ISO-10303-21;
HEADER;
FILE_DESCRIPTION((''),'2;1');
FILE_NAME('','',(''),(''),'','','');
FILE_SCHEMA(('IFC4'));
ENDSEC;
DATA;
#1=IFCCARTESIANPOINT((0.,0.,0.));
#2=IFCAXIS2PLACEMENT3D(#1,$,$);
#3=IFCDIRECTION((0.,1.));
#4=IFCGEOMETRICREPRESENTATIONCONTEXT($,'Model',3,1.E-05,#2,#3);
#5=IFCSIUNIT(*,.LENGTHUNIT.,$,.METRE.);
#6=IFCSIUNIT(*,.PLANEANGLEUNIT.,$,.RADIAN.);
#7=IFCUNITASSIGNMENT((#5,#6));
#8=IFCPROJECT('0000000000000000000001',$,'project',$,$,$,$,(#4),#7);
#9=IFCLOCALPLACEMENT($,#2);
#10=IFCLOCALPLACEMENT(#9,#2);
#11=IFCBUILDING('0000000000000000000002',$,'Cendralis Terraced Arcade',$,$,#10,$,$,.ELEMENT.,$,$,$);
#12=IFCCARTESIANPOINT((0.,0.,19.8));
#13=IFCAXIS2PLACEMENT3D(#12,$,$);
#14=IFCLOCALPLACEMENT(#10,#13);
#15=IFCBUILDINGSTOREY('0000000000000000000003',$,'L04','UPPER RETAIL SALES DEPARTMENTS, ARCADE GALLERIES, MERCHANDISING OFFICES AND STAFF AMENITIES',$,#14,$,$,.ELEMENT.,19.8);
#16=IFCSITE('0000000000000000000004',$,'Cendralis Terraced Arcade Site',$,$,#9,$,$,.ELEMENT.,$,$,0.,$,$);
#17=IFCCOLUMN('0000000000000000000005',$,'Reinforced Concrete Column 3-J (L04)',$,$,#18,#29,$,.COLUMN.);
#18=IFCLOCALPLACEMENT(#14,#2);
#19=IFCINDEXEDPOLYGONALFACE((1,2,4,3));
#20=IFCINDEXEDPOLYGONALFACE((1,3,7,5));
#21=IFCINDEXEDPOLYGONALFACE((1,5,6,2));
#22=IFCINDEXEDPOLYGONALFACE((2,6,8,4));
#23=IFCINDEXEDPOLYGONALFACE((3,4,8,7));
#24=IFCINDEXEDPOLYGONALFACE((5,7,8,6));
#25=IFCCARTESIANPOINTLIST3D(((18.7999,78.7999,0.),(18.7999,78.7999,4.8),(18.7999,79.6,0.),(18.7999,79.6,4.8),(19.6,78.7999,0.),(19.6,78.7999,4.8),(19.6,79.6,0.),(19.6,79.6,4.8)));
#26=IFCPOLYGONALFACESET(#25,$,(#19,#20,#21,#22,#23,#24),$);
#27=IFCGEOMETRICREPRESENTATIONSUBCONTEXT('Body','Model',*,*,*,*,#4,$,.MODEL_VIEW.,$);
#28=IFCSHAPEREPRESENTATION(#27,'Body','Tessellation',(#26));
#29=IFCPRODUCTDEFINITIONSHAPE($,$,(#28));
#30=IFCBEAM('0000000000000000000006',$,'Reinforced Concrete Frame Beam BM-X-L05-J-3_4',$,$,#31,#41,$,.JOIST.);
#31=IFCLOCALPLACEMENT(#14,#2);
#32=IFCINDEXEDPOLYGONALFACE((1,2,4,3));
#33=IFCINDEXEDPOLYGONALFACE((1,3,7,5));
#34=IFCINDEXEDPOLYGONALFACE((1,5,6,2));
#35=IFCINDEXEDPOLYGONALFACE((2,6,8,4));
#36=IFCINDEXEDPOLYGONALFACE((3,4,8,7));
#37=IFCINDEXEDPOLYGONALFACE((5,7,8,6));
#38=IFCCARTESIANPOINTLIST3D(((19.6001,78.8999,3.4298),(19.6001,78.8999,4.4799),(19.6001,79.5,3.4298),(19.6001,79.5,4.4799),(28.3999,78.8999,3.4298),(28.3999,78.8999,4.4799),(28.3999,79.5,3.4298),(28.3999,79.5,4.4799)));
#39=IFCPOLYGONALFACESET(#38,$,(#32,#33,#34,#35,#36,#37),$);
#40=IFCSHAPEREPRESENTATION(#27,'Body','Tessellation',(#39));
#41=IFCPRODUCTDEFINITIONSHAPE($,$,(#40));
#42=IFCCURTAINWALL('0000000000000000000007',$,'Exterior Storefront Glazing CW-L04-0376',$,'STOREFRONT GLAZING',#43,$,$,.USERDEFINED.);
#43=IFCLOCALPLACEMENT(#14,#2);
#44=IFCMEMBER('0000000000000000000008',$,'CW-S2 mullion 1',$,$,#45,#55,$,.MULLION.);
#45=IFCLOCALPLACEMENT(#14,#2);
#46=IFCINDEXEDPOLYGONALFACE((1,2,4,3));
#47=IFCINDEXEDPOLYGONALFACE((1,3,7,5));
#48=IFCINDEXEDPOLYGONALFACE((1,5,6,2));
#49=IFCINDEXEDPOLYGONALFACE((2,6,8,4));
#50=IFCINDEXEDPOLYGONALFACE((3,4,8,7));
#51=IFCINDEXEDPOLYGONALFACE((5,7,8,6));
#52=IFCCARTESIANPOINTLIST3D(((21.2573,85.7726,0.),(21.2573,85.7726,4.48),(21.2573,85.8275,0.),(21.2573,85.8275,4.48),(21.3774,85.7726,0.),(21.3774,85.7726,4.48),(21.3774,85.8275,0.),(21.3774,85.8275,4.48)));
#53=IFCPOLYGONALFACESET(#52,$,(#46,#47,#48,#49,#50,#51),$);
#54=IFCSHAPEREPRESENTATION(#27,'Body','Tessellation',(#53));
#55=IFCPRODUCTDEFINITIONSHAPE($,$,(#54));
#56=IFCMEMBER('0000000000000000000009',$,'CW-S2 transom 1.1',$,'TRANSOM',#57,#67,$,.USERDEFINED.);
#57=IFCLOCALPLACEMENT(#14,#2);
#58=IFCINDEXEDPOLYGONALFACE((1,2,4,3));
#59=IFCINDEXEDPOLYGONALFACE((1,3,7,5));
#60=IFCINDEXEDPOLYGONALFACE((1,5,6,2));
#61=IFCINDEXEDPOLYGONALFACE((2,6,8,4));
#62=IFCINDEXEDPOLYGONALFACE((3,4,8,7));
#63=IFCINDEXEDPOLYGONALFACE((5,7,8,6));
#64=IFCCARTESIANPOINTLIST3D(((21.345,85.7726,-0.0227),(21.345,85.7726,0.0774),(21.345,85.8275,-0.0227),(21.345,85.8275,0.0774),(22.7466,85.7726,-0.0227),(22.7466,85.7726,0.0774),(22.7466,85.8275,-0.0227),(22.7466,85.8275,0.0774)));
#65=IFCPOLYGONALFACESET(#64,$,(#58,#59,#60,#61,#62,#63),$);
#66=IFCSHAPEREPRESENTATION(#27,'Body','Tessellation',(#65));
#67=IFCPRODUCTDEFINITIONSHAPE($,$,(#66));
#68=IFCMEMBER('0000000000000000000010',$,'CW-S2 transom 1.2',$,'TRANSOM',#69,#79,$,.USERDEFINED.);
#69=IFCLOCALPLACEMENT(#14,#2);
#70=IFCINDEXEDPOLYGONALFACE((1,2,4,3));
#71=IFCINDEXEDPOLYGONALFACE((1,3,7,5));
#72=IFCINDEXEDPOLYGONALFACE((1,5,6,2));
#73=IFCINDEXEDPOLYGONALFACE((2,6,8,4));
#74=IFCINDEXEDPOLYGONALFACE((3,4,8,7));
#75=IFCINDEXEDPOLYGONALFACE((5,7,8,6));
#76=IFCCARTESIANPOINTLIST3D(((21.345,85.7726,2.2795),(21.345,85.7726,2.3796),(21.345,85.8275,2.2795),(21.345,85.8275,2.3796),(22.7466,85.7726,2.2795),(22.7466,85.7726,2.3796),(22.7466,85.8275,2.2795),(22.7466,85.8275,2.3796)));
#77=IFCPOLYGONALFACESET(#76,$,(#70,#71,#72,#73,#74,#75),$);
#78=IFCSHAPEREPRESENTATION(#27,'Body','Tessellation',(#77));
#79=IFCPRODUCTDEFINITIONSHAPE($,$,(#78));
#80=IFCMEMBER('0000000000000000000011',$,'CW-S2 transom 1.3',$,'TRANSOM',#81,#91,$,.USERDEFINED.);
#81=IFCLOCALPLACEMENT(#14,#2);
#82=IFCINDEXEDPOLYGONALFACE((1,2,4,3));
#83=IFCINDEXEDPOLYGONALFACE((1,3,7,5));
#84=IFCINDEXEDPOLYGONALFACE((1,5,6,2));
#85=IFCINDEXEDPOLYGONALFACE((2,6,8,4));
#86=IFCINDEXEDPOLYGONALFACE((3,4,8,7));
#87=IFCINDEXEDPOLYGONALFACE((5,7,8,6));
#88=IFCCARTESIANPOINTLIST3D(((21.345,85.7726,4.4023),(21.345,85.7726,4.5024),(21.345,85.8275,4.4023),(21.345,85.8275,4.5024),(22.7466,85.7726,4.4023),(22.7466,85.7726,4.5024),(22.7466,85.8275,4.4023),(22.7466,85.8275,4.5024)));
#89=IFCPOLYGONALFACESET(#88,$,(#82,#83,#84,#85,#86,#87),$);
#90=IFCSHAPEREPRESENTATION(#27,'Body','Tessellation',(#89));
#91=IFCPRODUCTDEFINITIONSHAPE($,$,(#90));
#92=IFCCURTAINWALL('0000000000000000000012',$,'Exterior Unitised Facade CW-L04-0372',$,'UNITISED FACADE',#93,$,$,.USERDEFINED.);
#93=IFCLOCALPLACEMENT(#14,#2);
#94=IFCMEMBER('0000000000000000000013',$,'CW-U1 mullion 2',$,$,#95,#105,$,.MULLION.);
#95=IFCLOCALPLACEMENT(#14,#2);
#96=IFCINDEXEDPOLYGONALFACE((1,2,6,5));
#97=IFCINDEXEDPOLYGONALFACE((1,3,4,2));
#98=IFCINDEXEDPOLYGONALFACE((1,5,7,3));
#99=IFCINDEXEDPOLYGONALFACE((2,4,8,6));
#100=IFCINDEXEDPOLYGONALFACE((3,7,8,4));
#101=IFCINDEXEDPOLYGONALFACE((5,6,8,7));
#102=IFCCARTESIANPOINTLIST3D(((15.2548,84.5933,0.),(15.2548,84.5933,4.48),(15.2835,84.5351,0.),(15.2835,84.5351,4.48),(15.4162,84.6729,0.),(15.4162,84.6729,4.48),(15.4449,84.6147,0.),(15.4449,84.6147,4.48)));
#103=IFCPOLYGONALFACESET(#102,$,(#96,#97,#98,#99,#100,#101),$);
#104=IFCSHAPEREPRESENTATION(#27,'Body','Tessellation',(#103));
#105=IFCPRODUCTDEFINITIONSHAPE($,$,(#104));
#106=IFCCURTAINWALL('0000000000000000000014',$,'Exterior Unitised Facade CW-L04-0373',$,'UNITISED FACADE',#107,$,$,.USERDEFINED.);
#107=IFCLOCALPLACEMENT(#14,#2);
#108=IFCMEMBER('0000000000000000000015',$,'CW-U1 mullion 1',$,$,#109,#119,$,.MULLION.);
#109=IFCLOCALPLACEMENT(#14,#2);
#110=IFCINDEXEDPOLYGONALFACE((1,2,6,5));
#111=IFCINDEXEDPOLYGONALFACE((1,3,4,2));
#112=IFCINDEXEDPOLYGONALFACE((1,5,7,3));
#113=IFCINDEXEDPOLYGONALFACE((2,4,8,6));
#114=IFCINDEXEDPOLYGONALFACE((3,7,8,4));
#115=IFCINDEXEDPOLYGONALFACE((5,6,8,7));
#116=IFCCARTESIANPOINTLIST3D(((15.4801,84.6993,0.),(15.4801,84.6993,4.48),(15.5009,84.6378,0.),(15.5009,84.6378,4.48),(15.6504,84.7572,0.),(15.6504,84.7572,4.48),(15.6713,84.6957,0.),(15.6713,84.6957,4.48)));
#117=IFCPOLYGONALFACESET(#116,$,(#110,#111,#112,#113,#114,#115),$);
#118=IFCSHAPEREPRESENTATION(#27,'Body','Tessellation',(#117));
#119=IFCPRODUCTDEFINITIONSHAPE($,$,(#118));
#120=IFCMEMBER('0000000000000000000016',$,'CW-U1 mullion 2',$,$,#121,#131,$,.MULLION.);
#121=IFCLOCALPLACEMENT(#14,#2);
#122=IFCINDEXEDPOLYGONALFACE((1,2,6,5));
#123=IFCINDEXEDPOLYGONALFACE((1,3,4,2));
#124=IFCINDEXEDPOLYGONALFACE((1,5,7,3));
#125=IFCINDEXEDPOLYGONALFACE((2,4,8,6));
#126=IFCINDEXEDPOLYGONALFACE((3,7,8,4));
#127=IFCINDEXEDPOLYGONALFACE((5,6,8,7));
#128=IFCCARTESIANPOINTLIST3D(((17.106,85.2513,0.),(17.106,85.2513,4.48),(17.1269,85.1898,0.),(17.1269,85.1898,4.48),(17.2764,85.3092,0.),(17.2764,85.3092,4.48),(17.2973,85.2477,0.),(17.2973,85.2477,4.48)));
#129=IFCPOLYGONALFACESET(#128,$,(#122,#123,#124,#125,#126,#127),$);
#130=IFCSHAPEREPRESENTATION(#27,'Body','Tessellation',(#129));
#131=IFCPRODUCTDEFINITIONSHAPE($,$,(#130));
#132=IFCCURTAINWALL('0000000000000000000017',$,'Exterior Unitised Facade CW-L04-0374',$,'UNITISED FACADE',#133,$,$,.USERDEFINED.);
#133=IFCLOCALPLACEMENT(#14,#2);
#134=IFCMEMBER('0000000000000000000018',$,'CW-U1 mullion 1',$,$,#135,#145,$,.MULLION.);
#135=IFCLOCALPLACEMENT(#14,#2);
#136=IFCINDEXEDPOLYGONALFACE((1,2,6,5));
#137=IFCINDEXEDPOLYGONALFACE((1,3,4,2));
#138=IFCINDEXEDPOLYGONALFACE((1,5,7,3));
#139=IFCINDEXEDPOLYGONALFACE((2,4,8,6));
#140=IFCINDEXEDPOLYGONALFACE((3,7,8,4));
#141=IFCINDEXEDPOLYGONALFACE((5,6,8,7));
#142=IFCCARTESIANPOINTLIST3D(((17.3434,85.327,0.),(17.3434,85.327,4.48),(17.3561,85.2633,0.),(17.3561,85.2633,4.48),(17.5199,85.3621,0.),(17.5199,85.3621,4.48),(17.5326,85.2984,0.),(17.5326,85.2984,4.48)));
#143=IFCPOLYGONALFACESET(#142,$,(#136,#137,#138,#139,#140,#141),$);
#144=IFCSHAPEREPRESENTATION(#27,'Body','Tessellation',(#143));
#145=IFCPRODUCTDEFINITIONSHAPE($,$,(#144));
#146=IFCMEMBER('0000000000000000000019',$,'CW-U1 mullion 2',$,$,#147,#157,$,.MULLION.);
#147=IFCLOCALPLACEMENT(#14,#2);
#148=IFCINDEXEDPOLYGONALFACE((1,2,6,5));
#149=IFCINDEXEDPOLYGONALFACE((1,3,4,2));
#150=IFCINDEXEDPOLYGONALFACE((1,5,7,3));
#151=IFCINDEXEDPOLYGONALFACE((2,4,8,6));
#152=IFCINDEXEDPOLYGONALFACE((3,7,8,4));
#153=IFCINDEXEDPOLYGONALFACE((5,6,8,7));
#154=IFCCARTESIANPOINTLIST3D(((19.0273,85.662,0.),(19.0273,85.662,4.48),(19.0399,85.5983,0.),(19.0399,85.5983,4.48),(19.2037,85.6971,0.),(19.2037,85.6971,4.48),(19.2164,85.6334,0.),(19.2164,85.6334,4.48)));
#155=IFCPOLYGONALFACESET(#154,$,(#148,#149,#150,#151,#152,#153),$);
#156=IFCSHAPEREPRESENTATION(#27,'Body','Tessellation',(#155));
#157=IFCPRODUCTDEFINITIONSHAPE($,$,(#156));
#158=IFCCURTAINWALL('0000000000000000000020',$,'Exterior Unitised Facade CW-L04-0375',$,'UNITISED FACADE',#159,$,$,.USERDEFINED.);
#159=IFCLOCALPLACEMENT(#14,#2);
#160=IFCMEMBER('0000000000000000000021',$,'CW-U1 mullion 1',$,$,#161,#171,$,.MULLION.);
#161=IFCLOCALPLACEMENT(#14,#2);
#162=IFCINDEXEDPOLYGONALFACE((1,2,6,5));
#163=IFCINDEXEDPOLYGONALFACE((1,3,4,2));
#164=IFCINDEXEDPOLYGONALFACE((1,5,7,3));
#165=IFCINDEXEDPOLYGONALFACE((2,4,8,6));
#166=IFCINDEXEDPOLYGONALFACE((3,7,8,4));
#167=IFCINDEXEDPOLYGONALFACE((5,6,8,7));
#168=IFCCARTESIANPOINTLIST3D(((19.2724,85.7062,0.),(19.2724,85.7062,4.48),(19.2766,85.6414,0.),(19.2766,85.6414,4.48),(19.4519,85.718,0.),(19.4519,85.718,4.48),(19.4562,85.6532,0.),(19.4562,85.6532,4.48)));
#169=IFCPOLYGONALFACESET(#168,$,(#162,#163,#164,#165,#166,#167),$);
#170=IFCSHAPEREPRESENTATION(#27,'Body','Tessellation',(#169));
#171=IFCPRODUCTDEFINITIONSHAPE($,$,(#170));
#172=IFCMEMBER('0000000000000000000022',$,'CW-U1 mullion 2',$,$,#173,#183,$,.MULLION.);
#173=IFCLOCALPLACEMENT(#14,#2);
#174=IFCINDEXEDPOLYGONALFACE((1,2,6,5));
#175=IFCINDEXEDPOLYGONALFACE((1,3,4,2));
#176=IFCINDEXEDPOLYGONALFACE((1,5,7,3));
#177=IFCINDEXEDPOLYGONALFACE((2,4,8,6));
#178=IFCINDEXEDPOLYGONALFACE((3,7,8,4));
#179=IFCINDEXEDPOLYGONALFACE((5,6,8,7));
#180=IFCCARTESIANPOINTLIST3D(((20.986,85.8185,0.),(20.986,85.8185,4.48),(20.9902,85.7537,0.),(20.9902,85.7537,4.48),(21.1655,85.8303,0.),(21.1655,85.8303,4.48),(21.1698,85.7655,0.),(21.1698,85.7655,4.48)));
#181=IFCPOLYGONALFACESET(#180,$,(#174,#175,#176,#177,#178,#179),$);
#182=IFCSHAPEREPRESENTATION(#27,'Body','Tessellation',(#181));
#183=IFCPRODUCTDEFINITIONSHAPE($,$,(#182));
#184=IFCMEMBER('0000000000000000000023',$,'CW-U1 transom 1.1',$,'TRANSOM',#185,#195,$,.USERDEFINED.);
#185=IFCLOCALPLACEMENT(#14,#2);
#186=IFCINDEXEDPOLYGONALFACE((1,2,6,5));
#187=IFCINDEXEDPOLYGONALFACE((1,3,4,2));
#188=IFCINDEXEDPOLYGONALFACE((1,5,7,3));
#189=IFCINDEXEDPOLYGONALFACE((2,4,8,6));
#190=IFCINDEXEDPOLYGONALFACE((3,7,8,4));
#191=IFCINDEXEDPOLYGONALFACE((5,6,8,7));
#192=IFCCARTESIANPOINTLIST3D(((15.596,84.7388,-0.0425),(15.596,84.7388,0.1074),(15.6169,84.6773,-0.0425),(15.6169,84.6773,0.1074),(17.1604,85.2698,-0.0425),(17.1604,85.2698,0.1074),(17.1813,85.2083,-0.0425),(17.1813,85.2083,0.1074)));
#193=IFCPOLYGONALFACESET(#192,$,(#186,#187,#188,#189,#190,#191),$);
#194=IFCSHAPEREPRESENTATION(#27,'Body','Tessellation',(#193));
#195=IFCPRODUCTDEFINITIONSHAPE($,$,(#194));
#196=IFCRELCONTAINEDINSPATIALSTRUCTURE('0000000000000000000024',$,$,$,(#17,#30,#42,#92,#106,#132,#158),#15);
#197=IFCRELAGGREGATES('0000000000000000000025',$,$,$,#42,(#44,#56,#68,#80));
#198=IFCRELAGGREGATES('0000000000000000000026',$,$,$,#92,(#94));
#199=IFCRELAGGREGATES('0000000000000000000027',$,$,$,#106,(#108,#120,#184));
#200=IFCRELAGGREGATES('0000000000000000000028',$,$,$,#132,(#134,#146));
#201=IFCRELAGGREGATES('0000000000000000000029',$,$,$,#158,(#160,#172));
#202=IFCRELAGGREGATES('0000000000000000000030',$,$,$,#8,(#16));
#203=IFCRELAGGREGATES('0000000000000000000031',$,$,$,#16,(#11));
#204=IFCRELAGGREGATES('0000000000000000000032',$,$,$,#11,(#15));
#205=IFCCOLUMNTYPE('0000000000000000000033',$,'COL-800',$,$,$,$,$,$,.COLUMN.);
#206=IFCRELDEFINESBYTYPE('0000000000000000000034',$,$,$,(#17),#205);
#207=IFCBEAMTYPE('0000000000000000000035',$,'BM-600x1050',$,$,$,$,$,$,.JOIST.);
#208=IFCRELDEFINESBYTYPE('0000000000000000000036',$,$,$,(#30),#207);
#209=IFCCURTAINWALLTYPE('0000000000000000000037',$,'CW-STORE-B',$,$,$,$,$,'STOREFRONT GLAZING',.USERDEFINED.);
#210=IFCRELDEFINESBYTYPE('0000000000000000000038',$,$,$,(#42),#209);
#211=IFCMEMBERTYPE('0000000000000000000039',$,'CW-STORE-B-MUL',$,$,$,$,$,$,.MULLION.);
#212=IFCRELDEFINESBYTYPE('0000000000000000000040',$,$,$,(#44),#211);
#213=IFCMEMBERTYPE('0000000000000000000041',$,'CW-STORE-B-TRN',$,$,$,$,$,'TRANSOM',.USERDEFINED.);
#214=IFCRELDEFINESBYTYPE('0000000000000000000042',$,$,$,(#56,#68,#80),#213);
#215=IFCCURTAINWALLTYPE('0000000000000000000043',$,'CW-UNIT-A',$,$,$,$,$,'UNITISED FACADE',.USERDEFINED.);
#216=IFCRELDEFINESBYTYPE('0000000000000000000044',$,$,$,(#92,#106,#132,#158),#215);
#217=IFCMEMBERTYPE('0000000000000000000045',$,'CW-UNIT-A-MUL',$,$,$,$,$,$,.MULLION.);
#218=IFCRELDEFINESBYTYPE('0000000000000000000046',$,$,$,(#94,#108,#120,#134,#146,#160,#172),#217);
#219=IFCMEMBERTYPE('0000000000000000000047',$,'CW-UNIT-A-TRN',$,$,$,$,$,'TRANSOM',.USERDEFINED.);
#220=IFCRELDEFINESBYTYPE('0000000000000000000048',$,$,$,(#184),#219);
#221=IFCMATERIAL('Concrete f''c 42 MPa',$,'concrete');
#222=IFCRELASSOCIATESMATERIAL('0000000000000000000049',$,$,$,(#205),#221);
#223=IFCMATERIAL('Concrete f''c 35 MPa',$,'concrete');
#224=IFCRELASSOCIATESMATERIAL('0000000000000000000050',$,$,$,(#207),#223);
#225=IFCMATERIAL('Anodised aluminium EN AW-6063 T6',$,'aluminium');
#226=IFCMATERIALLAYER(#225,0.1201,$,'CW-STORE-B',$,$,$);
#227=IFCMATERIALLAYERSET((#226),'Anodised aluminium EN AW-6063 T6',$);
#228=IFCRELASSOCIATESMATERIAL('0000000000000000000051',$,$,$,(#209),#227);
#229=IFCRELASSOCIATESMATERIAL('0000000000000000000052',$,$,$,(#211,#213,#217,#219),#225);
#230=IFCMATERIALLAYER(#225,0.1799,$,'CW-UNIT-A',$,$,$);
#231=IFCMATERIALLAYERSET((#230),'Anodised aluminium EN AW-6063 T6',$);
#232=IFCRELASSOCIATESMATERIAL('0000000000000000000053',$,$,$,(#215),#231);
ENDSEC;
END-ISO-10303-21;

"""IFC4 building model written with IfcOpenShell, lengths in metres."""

from ifc_helpers import new_model, si_unit, direction, frame, origin, origin_2d, place, context, subcontext, project, spatial, rectangle, extrude, material, layer, layer_set, material_profile, profile_set, type_object, element, aggregate, save


model = new_model("IFC4")

# Units and contexts
model_context = context("Model", 3, precision=1e-05, world=origin(), true_north=direction((0.0, 1.0)))
body_context = subcontext(model_context, "Body", "Model", "MODEL_VIEW")
ifc_project = project(units=[si_unit("LENGTHUNIT", "METRE"), si_unit("PLANEANGLEUNIT", "RADIAN")], contexts=[model_context])

# Site, building, storey
site_placement = place(None, origin())
site = spatial("IfcSite", under=ifc_project, at=site_placement, Name="Cendralis Terraced Arcade Site", CompositionType="ELEMENT", RefElevation=0.0)
building_placement = place(site_placement, origin())
building = spatial("IfcBuilding", under=site, at=building_placement, Name="Cendralis Terraced Arcade", CompositionType="ELEMENT")
storey_placement = place(building_placement, frame((0.0, 0.0, 19.8)))
storey = spatial("IfcBuildingStorey", under=building, at=storey_placement, Name="L04", Description="UPPER RETAIL SALES DEPARTMENTS, ARCADE GALLERIES, MERCHANDISING OFFICES AND STAFF AMENITIES", CompositionType="ELEMENT", Elevation=19.8)

# Column
ifc_material_1 = material(Name="Concrete f'c 42 MPa", Category="concrete")
ifc_material_profile_1 = material_profile(ifc_material_1, rectangle(XDim=0.8, YDim=0.8, at=origin_2d()), Name="RC-COL-800x800", Category="LoadBearing")
ifc_profile_set_1 = profile_set([ifc_material_profile_1], Name="Concrete f'c 42 MPa")
column_type = type_object("IfcColumnType", Name="COL-800", PredefinedType="COLUMN", material=ifc_profile_set_1)
column_placement = place(storey_placement, frame((19.2, 79.2, 0.0), z_axis=(0.0, 0.0, 1.0), x_axis=(1.0, 0.0, 0.0)))
element("IfcColumn", 1, at=column_placement, inside=storey, type_object=column_type, Name="Reinforced Concrete Column 3-J (L04)", PredefinedType="COLUMN", context=body_context, shape_type="SweptSolid", body=[
    extrude(rectangle(XDim=0.8, YDim=0.8, at=origin_2d()), origin(), (0.0, 0.0, 1.0), 4.8),
])

# Beam
ifc_material_2 = material(Name="Concrete f'c 35 MPa", Category="concrete")
ifc_material_profile_2 = material_profile(ifc_material_2, rectangle(XDim=0.6001, YDim=1.05, at=origin_2d()), Name="RC-BM-600x1050", Category="LoadBearing")
ifc_profile_set_2 = profile_set([ifc_material_profile_2], Name="Concrete f'c 35 MPa")
beam_type = type_object("IfcBeamType", Name="BM-600x1050", PredefinedType="JOIST", material=ifc_profile_set_2)
beam_placement = place(storey_placement, frame((19.6001, 79.2, 3.9548), z_axis=(1.0, 0.0, 0.0), x_axis=(0.0, 1.0, 0.0)))
element("IfcBeam", 2, at=beam_placement, inside=storey, type_object=beam_type, Name="Reinforced Concrete Frame Beam BM-X-L05-J-3_4", PredefinedType="JOIST", context=body_context, shape_type="SweptSolid", body=[
    extrude(rectangle(XDim=0.6001, YDim=1.05, at=origin_2d()), origin(), (0.0, 0.0, 1.0), 8.7998),
])

# Curtain wall, members
ifc_material_3 = material(Name="Anodised aluminium EN AW-6063 T6", Category="aluminium")
ifc_layer_1 = layer(ifc_material_3, 0.1201, Name="CW-STORE-B")
ifc_layer_set_1 = layer_set([ifc_layer_1], Name="Anodised aluminium EN AW-6063 T6")
curtain_wall_type_1 = type_object("IfcCurtainWallType", Name="CW-STORE-B", ElementType="STOREFRONT GLAZING", PredefinedType="USERDEFINED", material=ifc_layer_set_1)
curtain_wall_1_placement = place(storey_placement, origin())
curtain_wall_1 = element("IfcCurtainWall", 3, at=curtain_wall_1_placement, inside=storey, type_object=curtain_wall_type_1, Name="Exterior Storefront Glazing CW-L04-0376", ObjectType="STOREFRONT GLAZING", PredefinedType="USERDEFINED")
ifc_material_profile_3 = material_profile(ifc_material_3, rectangle(XDim=0.0549, YDim=0.1201, at=origin_2d()), Name="ALU-MUL-55x120")
ifc_profile_set_3 = profile_set([ifc_material_profile_3], Name="Anodised aluminium EN AW-6063 T6")
member_type_1 = type_object("IfcMemberType", Name="CW-STORE-B-MUL", PredefinedType="MULLION", material=ifc_profile_set_3)
member_1_placement = place(storey_placement, frame((21.3174, 85.8, 0.0), z_axis=(0.0, 0.0, 1.0), x_axis=(0.0, 1.0, 0.0)))
member_1 = element("IfcMember", 4, at=member_1_placement, type_object=member_type_1, Name="CW-S2 mullion 1", PredefinedType="MULLION", context=body_context, shape_type="SweptSolid", body=[
    extrude(rectangle(XDim=0.0549, YDim=0.1201, at=origin_2d()), origin(), (0.0, 0.0, 1.0), 4.48),
])
ifc_material_profile_4 = material_profile(ifc_material_3, rectangle(XDim=0.0549, YDim=0.1001, at=origin_2d()), Name="ALU-TRN-55x100")
ifc_profile_set_4 = profile_set([ifc_material_profile_4], Name="Anodised aluminium EN AW-6063 T6")
member_type_2 = type_object("IfcMemberType", Name="CW-STORE-B-TRN", ElementType="TRANSOM", PredefinedType="USERDEFINED", material=ifc_profile_set_4)
member_2_placement = place(storey_placement, frame((21.345, 85.8, 0.0273), z_axis=(1.0, 0.0, 0.0), x_axis=(0.0, 1.0, 0.0)))
member_2 = element("IfcMember", 5, at=member_2_placement, type_object=member_type_2, Name="CW-S2 transom 1.1", ObjectType="TRANSOM", PredefinedType="USERDEFINED", context=body_context, shape_type="SweptSolid", body=[
    extrude(rectangle(XDim=0.0549, YDim=0.1001, at=origin_2d()), origin(), (0.0, 0.0, 1.0), 1.4016),
])
member_3_placement = place(storey_placement, frame((21.345, 85.8, 2.3296), z_axis=(1.0, 0.0, 0.0), x_axis=(0.0, 1.0, 0.0)))
member_3 = element("IfcMember", 6, at=member_3_placement, type_object=member_type_2, Name="CW-S2 transom 1.2", ObjectType="TRANSOM", PredefinedType="USERDEFINED", context=body_context, shape_type="SweptSolid", body=[
    extrude(rectangle(XDim=0.0549, YDim=0.1001, at=origin_2d()), origin(), (0.0, 0.0, 1.0), 1.4016),
])
member_4_placement = place(storey_placement, frame((21.345, 85.8, 4.4524), z_axis=(1.0, 0.0, 0.0), x_axis=(0.0, 1.0, 0.0)))
member_4 = element("IfcMember", 7, at=member_4_placement, type_object=member_type_2, Name="CW-S2 transom 1.3", ObjectType="TRANSOM", PredefinedType="USERDEFINED", context=body_context, shape_type="SweptSolid", body=[
    extrude(rectangle(XDim=0.0549, YDim=0.1001, at=origin_2d()), origin(), (0.0, 0.0, 1.0), 1.4016),
])

# Curtain wall, member
ifc_layer_2 = layer(ifc_material_3, 0.1799, Name="CW-UNIT-A")
ifc_layer_set_2 = layer_set([ifc_layer_2], Name="Anodised aluminium EN AW-6063 T6")
curtain_wall_type_2 = type_object("IfcCurtainWallType", Name="CW-UNIT-A", ElementType="UNITISED FACADE", PredefinedType="USERDEFINED", material=ifc_layer_set_2)
curtain_wall_2_placement = place(storey_placement, origin())
curtain_wall_2 = element("IfcCurtainWall", 8, at=curtain_wall_2_placement, inside=storey, type_object=curtain_wall_type_2, Name="Exterior Unitised Facade CW-L04-0372", ObjectType="UNITISED FACADE", PredefinedType="USERDEFINED")
ifc_material_profile_5 = material_profile(ifc_material_3, rectangle(XDim=0.0649, YDim=0.1799, at=origin_2d()), Name="ALU-MUL-65x180")
ifc_profile_set_5 = profile_set([ifc_material_profile_5], Name="Anodised aluminium EN AW-6063 T6")
member_type_3 = type_object("IfcMemberType", Name="CW-UNIT-A-MUL", PredefinedType="MULLION", material=ifc_profile_set_5)
member_5_placement = place(storey_placement, frame((15.3499, 84.604, 0.0), z_axis=(0.0, 0.0, 1.0), x_axis=(-0.442291, 0.896871, 0.0)))
member_5 = element("IfcMember", 9, at=member_5_placement, type_object=member_type_3, Name="CW-U1 mullion 2", PredefinedType="MULLION", context=body_context, shape_type="SweptSolid", body=[
    extrude(rectangle(XDim=0.0649, YDim=0.1799, at=origin_2d()), origin(), (0.0, 0.0, 1.0), 4.48),
])

# Curtain walls, members
curtain_wall_3_placement = place(storey_placement, origin())
curtain_wall_3 = element("IfcCurtainWall", 10, at=curtain_wall_3_placement, inside=storey, type_object=curtain_wall_type_2, Name="Exterior Unitised Facade CW-L04-0373", ObjectType="UNITISED FACADE", PredefinedType="USERDEFINED")
member_6_placement = place(storey_placement, frame((15.5757, 84.6975, 0.0), z_axis=(0.0, 0.0, 1.0), x_axis=(-0.321458, 0.946924, 0.0)))
member_6 = element("IfcMember", 11, at=member_6_placement, type_object=member_type_3, Name="CW-U1 mullion 1", PredefinedType="MULLION", context=body_context, shape_type="SweptSolid", body=[
    extrude(rectangle(XDim=0.0649, YDim=0.1799, at=origin_2d()), origin(), (0.0, 0.0, 1.0), 4.48),
])
member_7_placement = place(storey_placement, frame((17.2017, 85.2495, 0.0), z_axis=(0.0, 0.0, 1.0), x_axis=(-0.321458, 0.946924, 0.0)))
member_7 = element("IfcMember", 12, at=member_7_placement, type_object=member_type_3, Name="CW-U1 mullion 2", PredefinedType="MULLION", context=body_context, shape_type="SweptSolid", body=[
    extrude(rectangle(XDim=0.0649, YDim=0.1799, at=origin_2d()), origin(), (0.0, 0.0, 1.0), 4.48),
])
curtain_wall_4_placement = place(storey_placement, origin())
curtain_wall_4 = element("IfcCurtainWall", 13, at=curtain_wall_4_placement, inside=storey, type_object=curtain_wall_type_2, Name="Exterior Unitised Facade CW-L04-0374", ObjectType="UNITISED FACADE", PredefinedType="USERDEFINED")
member_8_placement = place(storey_placement, frame((17.438, 85.3127, 0.0), z_axis=(0.0, 0.0, 1.0), x_axis=(-0.195058, 0.980792, 0.0)))
member_8 = element("IfcMember", 14, at=member_8_placement, type_object=member_type_3, Name="CW-U1 mullion 1", PredefinedType="MULLION", context=body_context, shape_type="SweptSolid", body=[
    extrude(rectangle(XDim=0.0649, YDim=0.1799, at=origin_2d()), origin(), (0.0, 0.0, 1.0), 4.48),
])
member_9_placement = place(storey_placement, frame((19.1218, 85.6477, 0.0), z_axis=(0.0, 0.0, 1.0), x_axis=(-0.195058, 0.980792, 0.0)))
member_9 = element("IfcMember", 15, at=member_9_placement, type_object=member_type_3, Name="CW-U1 mullion 2", PredefinedType="MULLION", context=body_context, shape_type="SweptSolid", body=[
    extrude(rectangle(XDim=0.0649, YDim=0.1799, at=origin_2d()), origin(), (0.0, 0.0, 1.0), 4.48),
])
curtain_wall_5_placement = place(storey_placement, origin())
curtain_wall_5 = element("IfcCurtainWall", 16, at=curtain_wall_5_placement, inside=storey, type_object=curtain_wall_type_2, Name="Exterior Unitised Facade CW-L04-0375", ObjectType="UNITISED FACADE", PredefinedType="USERDEFINED")
member_10_placement = place(storey_placement, frame((19.3643, 85.6797, 0.0), z_axis=(0.0, 0.0, 1.0), x_axis=(-0.065372, 0.997861, 0.0)))
member_10 = element("IfcMember", 17, at=member_10_placement, type_object=member_type_3, Name="CW-U1 mullion 1", PredefinedType="MULLION", context=body_context, shape_type="SweptSolid", body=[
    extrude(rectangle(XDim=0.0649, YDim=0.1799, at=origin_2d()), origin(), (0.0, 0.0, 1.0), 4.48),
])
member_11_placement = place(storey_placement, frame((21.0779, 85.792, 0.0), z_axis=(0.0, 0.0, 1.0), x_axis=(-0.065372, 0.997861, 0.0)))
member_11 = element("IfcMember", 18, at=member_11_placement, type_object=member_type_3, Name="CW-U1 mullion 2", PredefinedType="MULLION", context=body_context, shape_type="SweptSolid", body=[
    extrude(rectangle(XDim=0.0649, YDim=0.1799, at=origin_2d()), origin(), (0.0, 0.0, 1.0), 4.48),
])

# Member
ifc_material_profile_6 = material_profile(ifc_material_3, rectangle(XDim=0.0649, YDim=0.1499, at=origin_2d()), Name="ALU-TRN-65x150")
ifc_profile_set_6 = profile_set([ifc_material_profile_6], Name="Anodised aluminium EN AW-6063 T6")
member_type_4 = type_object("IfcMemberType", Name="CW-UNIT-A-TRN", ElementType="TRANSOM", PredefinedType="USERDEFINED", material=ifc_profile_set_6)
member_12_placement = place(storey_placement, frame((15.6064, 84.708, 0.0325), z_axis=(0.94694, 0.32141, 0.0), x_axis=(-0.32141, 0.94694, 0.0)))
member_12 = element("IfcMember", 19, at=member_12_placement, type_object=member_type_4, Name="CW-U1 transom 1.1", ObjectType="TRANSOM", PredefinedType="USERDEFINED", context=body_context, shape_type="SweptSolid", body=[
    extrude(rectangle(XDim=0.0649, YDim=0.1499, at=origin_2d()), origin(), (0.0, 0.0, 1.0), 1.6521),
])

aggregate(curtain_wall_1, [member_1, member_2, member_3, member_4])
aggregate(curtain_wall_2, [member_5])
aggregate(curtain_wall_3, [member_6, member_7, member_12])
aggregate(curtain_wall_4, [member_8, member_9])
aggregate(curtain_wall_5, [member_10, member_11])

save(model, "model.ifc")
